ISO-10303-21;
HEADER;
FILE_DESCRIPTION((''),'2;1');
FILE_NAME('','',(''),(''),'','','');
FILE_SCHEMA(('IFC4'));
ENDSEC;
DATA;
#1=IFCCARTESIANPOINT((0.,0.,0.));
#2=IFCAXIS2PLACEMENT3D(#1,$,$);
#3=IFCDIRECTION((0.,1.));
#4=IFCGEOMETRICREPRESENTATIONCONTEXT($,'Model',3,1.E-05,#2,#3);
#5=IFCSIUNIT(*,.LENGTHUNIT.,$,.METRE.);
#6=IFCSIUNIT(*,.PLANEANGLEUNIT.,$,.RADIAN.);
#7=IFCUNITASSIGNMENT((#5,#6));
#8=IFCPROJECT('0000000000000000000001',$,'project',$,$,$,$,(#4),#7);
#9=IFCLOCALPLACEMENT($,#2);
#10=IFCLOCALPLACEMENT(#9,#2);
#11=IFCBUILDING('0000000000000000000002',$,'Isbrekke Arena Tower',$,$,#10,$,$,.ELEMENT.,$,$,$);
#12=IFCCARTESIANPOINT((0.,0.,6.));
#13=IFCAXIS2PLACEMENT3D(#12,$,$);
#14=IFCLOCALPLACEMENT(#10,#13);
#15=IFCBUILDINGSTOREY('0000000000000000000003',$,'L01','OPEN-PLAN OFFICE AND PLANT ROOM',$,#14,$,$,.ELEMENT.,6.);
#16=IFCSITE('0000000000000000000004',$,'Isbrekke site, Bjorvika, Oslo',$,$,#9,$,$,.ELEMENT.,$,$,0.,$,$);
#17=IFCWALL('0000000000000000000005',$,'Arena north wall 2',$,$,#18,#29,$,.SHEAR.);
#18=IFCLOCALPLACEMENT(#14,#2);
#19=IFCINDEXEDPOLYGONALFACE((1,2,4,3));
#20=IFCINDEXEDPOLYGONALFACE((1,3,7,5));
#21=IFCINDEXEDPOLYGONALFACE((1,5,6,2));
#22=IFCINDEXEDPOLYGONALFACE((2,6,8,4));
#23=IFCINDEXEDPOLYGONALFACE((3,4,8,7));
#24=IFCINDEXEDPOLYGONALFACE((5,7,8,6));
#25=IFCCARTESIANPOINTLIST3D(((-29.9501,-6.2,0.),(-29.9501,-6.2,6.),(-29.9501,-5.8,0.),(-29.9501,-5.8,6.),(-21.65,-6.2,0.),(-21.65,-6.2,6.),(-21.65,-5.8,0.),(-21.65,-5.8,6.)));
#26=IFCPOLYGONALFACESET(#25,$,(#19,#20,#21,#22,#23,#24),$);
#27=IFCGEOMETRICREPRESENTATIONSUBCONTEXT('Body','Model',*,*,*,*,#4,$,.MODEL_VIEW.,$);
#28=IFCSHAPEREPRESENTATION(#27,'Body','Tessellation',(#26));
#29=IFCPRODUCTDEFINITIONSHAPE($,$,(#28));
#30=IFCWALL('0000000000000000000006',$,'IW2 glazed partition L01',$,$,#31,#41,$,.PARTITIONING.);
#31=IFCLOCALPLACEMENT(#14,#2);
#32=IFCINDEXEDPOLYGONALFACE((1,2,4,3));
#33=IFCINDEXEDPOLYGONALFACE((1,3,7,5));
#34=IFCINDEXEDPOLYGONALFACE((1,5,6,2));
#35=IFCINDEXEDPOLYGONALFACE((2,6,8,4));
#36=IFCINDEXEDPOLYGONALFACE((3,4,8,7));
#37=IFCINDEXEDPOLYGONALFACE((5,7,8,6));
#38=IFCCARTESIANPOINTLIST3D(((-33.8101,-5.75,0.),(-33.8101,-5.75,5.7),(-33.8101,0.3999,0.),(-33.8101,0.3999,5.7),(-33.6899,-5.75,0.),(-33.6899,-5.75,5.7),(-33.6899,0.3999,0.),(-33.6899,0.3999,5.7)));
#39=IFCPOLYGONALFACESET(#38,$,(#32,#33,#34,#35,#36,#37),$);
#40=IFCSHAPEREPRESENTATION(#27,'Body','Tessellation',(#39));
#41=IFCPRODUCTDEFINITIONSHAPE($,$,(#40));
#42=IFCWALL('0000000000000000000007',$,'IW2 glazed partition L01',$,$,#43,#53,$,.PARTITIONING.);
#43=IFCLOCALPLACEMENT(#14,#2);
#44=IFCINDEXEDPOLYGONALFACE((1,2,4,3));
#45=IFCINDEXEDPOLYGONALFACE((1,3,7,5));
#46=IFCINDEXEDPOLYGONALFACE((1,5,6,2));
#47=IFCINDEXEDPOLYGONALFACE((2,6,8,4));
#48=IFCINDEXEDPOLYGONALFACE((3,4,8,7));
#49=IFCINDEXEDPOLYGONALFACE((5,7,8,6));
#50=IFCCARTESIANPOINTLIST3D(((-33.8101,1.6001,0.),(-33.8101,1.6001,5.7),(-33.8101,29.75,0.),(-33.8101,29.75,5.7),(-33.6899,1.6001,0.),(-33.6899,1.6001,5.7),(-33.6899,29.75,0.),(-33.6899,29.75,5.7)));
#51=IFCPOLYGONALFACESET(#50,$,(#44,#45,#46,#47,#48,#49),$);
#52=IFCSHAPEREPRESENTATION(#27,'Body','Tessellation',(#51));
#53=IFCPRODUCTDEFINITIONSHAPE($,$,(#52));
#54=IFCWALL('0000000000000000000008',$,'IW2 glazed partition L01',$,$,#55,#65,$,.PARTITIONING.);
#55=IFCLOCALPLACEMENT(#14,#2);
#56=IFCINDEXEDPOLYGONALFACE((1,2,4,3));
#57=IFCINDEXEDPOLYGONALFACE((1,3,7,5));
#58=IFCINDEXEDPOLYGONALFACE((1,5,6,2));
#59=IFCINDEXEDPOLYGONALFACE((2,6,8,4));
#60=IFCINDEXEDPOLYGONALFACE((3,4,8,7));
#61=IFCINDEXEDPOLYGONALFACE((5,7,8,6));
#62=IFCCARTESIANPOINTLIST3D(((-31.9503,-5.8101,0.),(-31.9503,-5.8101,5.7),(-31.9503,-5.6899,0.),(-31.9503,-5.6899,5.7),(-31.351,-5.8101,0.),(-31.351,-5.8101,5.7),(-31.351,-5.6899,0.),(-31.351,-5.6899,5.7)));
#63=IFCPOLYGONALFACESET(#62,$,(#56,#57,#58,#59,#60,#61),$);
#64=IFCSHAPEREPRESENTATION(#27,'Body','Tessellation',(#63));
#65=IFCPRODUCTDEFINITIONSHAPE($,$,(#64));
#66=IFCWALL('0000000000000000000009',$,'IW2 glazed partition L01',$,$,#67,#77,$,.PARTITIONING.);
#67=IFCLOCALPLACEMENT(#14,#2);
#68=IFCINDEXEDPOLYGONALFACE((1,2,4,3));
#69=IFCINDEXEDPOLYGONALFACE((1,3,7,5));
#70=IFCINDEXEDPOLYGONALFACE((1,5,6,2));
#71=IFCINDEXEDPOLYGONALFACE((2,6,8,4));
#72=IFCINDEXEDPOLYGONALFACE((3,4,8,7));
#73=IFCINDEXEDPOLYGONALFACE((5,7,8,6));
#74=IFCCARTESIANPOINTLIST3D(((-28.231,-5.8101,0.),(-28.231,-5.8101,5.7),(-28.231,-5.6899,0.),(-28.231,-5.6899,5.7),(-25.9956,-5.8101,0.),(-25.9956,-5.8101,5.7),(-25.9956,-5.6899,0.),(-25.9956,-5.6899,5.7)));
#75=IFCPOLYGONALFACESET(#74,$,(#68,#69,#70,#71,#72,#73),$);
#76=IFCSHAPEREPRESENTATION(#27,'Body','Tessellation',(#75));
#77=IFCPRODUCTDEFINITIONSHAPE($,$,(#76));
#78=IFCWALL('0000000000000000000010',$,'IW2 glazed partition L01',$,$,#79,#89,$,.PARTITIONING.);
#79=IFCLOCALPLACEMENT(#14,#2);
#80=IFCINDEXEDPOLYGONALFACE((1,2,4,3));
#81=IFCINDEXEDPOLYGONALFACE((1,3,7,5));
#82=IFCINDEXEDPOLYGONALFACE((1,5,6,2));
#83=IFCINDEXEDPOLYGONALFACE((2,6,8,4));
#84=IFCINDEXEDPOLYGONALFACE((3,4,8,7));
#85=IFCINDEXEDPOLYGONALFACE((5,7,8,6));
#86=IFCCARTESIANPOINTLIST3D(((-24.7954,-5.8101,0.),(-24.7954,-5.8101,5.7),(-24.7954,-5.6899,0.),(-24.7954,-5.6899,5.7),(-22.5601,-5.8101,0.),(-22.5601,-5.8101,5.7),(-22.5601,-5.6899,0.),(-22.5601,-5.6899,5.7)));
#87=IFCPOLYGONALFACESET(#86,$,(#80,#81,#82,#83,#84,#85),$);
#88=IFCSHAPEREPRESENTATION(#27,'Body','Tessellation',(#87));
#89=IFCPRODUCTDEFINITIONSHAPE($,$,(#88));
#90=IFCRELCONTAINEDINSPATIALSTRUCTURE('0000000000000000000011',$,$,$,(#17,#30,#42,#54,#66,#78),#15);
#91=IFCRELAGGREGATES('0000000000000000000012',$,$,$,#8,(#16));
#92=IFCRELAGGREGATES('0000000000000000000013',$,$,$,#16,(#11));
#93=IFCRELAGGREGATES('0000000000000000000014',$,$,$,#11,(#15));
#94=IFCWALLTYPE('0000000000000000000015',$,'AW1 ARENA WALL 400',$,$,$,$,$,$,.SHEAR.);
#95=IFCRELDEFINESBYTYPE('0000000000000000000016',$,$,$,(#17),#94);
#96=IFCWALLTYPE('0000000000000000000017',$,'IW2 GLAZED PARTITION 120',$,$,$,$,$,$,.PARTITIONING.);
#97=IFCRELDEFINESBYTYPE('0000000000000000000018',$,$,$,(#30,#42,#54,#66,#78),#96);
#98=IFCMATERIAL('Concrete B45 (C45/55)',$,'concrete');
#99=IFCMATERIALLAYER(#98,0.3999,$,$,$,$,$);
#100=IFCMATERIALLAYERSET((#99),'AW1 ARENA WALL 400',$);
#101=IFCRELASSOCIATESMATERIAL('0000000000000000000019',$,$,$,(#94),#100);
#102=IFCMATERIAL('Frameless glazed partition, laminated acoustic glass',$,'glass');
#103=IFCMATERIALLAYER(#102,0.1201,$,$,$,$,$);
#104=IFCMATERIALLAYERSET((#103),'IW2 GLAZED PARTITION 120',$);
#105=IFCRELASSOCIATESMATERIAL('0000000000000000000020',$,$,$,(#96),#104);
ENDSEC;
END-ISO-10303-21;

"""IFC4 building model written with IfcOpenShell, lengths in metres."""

from ifc_helpers import new_model, si_unit, direction, frame, frame_2d, origin, place, context, subcontext, project, spatial, rectangle, extrude, material, layer, layer_set, type_object, element, save


model = new_model("IFC4")

# Units and contexts
model_context = context("Model", 3, precision=1e-05, world=origin(), true_north=direction((0.0, 1.0)))
body_context = subcontext(model_context, "Body", "Model", "MODEL_VIEW")
ifc_project = project(units=[si_unit("LENGTHUNIT", "METRE"), si_unit("PLANEANGLEUNIT", "RADIAN")], contexts=[model_context])

# Site, building, storey
site_placement = place(None, origin())
site = spatial("IfcSite", under=ifc_project, at=site_placement, Name="Isbrekke site, Bjorvika, Oslo", CompositionType="ELEMENT", RefElevation=0.0)
building_placement = place(site_placement, origin())
building = spatial("IfcBuilding", under=site, at=building_placement, Name="Isbrekke Arena Tower", CompositionType="ELEMENT")
storey_placement = place(building_placement, frame((0.0, 0.0, 6.0)))
storey = spatial("IfcBuildingStorey", under=building, at=storey_placement, Name="L01", Description="OPEN-PLAN OFFICE AND PLANT ROOM", CompositionType="ELEMENT", Elevation=6.0)

# Walls
ifc_material_1 = material(Name="Concrete B45 (C45/55)", Category="concrete")
ifc_layer_1 = layer(ifc_material_1, 0.3999)
ifc_layer_set_1 = layer_set([ifc_layer_1], Name="AW1 ARENA WALL 400")
wall_type_1 = type_object("IfcWallType", Name="AW1 ARENA WALL 400", PredefinedType="SHEAR", material=ifc_layer_set_1)
wall_1_placement = place(storey_placement, frame((-29.95, -6.0, 0.0), z_axis=(0.0, 0.0, 1.0), x_axis=(1.0, 0.0, 0.0)))
element("IfcWall", 1, at=wall_1_placement, inside=storey, type_object=wall_type_1, Name="Arena north wall 2", PredefinedType="SHEAR", context=body_context, shape_type="SweptSolid", body=[
    extrude(rectangle(XDim=8.3, YDim=0.3999, at=frame_2d((4.1499, 0.0))), origin(), (0.0, 0.0, 1.0), 6.0),
])
ifc_material_2 = material(Name="Frameless glazed partition, laminated acoustic glass", Category="glass")
ifc_layer_2 = layer(ifc_material_2, 0.1201)
ifc_layer_set_2 = layer_set([ifc_layer_2], Name="IW2 GLAZED PARTITION 120")
wall_type_2 = type_object("IfcWallType", Name="IW2 GLAZED PARTITION 120", PredefinedType="PARTITIONING", material=ifc_layer_set_2)
wall_2_placement = place(storey_placement, frame((-33.75, -5.75, 0.0), z_axis=(0.0, 0.0, 1.0), x_axis=(0.0, 1.0, 0.0)))
element("IfcWall", 2, at=wall_2_placement, inside=storey, type_object=wall_type_2, Name="IW2 glazed partition L01", PredefinedType="PARTITIONING", context=body_context, shape_type="SweptSolid", body=[
    extrude(rectangle(XDim=6.1499, YDim=0.1201, at=frame_2d((3.075, 0.0))), origin(), (0.0, 0.0, 1.0), 5.7),
])
wall_3_placement = place(storey_placement, frame((-33.75, 1.6001, 0.0), z_axis=(0.0, 0.0, 1.0), x_axis=(0.0, 1.0, 0.0)))
element("IfcWall", 3, at=wall_3_placement, inside=storey, type_object=wall_type_2, Name="IW2 glazed partition L01", PredefinedType="PARTITIONING", context=body_context, shape_type="SweptSolid", body=[
    extrude(rectangle(XDim=28.1499, YDim=0.1201, at=frame_2d((14.075, 0.0))), origin(), (0.0, 0.0, 1.0), 5.7),
])
wall_4_placement = place(storey_placement, frame((-31.9504, -5.75, 0.0), z_axis=(0.0, 0.0, 1.0), x_axis=(1.0, 0.0, 0.0)))
element("IfcWall", 4, at=wall_4_placement, inside=storey, type_object=wall_type_2, Name="IW2 glazed partition L01", PredefinedType="PARTITIONING", context=body_context, shape_type="SweptSolid", body=[
    extrude(rectangle(XDim=0.5994, YDim=0.1201, at=frame_2d((0.2998, 0.0))), origin(), (0.0, 0.0, 1.0), 5.7),
])
for number, where, z_axis, x_axis, name in (
    (5, (-28.231, -5.75, 0.0), (0.0, 0.0, 1.0), (1.0, 0.0, 0.0), "IW2 glazed partition L01"),
    (6, (-24.7954, -5.75, 0.0), (0.0, 0.0, 1.0), (1.0, 0.0, 0.0), "IW2 glazed partition L01"),
):
    element("IfcWall", number, at=place(storey_placement, frame(where, z_axis=z_axis, x_axis=x_axis)), inside=storey, type_object=wall_type_2, Name=name, PredefinedType="PARTITIONING", context=body_context, shape_type="SweptSolid", body=[
        extrude(rectangle(XDim=2.2354, YDim=0.1201, at=frame_2d((1.1177, 0.0))), origin(), (0.0, 0.0, 1.0), 5.7),
    ])

save(model, "model.ifc")
